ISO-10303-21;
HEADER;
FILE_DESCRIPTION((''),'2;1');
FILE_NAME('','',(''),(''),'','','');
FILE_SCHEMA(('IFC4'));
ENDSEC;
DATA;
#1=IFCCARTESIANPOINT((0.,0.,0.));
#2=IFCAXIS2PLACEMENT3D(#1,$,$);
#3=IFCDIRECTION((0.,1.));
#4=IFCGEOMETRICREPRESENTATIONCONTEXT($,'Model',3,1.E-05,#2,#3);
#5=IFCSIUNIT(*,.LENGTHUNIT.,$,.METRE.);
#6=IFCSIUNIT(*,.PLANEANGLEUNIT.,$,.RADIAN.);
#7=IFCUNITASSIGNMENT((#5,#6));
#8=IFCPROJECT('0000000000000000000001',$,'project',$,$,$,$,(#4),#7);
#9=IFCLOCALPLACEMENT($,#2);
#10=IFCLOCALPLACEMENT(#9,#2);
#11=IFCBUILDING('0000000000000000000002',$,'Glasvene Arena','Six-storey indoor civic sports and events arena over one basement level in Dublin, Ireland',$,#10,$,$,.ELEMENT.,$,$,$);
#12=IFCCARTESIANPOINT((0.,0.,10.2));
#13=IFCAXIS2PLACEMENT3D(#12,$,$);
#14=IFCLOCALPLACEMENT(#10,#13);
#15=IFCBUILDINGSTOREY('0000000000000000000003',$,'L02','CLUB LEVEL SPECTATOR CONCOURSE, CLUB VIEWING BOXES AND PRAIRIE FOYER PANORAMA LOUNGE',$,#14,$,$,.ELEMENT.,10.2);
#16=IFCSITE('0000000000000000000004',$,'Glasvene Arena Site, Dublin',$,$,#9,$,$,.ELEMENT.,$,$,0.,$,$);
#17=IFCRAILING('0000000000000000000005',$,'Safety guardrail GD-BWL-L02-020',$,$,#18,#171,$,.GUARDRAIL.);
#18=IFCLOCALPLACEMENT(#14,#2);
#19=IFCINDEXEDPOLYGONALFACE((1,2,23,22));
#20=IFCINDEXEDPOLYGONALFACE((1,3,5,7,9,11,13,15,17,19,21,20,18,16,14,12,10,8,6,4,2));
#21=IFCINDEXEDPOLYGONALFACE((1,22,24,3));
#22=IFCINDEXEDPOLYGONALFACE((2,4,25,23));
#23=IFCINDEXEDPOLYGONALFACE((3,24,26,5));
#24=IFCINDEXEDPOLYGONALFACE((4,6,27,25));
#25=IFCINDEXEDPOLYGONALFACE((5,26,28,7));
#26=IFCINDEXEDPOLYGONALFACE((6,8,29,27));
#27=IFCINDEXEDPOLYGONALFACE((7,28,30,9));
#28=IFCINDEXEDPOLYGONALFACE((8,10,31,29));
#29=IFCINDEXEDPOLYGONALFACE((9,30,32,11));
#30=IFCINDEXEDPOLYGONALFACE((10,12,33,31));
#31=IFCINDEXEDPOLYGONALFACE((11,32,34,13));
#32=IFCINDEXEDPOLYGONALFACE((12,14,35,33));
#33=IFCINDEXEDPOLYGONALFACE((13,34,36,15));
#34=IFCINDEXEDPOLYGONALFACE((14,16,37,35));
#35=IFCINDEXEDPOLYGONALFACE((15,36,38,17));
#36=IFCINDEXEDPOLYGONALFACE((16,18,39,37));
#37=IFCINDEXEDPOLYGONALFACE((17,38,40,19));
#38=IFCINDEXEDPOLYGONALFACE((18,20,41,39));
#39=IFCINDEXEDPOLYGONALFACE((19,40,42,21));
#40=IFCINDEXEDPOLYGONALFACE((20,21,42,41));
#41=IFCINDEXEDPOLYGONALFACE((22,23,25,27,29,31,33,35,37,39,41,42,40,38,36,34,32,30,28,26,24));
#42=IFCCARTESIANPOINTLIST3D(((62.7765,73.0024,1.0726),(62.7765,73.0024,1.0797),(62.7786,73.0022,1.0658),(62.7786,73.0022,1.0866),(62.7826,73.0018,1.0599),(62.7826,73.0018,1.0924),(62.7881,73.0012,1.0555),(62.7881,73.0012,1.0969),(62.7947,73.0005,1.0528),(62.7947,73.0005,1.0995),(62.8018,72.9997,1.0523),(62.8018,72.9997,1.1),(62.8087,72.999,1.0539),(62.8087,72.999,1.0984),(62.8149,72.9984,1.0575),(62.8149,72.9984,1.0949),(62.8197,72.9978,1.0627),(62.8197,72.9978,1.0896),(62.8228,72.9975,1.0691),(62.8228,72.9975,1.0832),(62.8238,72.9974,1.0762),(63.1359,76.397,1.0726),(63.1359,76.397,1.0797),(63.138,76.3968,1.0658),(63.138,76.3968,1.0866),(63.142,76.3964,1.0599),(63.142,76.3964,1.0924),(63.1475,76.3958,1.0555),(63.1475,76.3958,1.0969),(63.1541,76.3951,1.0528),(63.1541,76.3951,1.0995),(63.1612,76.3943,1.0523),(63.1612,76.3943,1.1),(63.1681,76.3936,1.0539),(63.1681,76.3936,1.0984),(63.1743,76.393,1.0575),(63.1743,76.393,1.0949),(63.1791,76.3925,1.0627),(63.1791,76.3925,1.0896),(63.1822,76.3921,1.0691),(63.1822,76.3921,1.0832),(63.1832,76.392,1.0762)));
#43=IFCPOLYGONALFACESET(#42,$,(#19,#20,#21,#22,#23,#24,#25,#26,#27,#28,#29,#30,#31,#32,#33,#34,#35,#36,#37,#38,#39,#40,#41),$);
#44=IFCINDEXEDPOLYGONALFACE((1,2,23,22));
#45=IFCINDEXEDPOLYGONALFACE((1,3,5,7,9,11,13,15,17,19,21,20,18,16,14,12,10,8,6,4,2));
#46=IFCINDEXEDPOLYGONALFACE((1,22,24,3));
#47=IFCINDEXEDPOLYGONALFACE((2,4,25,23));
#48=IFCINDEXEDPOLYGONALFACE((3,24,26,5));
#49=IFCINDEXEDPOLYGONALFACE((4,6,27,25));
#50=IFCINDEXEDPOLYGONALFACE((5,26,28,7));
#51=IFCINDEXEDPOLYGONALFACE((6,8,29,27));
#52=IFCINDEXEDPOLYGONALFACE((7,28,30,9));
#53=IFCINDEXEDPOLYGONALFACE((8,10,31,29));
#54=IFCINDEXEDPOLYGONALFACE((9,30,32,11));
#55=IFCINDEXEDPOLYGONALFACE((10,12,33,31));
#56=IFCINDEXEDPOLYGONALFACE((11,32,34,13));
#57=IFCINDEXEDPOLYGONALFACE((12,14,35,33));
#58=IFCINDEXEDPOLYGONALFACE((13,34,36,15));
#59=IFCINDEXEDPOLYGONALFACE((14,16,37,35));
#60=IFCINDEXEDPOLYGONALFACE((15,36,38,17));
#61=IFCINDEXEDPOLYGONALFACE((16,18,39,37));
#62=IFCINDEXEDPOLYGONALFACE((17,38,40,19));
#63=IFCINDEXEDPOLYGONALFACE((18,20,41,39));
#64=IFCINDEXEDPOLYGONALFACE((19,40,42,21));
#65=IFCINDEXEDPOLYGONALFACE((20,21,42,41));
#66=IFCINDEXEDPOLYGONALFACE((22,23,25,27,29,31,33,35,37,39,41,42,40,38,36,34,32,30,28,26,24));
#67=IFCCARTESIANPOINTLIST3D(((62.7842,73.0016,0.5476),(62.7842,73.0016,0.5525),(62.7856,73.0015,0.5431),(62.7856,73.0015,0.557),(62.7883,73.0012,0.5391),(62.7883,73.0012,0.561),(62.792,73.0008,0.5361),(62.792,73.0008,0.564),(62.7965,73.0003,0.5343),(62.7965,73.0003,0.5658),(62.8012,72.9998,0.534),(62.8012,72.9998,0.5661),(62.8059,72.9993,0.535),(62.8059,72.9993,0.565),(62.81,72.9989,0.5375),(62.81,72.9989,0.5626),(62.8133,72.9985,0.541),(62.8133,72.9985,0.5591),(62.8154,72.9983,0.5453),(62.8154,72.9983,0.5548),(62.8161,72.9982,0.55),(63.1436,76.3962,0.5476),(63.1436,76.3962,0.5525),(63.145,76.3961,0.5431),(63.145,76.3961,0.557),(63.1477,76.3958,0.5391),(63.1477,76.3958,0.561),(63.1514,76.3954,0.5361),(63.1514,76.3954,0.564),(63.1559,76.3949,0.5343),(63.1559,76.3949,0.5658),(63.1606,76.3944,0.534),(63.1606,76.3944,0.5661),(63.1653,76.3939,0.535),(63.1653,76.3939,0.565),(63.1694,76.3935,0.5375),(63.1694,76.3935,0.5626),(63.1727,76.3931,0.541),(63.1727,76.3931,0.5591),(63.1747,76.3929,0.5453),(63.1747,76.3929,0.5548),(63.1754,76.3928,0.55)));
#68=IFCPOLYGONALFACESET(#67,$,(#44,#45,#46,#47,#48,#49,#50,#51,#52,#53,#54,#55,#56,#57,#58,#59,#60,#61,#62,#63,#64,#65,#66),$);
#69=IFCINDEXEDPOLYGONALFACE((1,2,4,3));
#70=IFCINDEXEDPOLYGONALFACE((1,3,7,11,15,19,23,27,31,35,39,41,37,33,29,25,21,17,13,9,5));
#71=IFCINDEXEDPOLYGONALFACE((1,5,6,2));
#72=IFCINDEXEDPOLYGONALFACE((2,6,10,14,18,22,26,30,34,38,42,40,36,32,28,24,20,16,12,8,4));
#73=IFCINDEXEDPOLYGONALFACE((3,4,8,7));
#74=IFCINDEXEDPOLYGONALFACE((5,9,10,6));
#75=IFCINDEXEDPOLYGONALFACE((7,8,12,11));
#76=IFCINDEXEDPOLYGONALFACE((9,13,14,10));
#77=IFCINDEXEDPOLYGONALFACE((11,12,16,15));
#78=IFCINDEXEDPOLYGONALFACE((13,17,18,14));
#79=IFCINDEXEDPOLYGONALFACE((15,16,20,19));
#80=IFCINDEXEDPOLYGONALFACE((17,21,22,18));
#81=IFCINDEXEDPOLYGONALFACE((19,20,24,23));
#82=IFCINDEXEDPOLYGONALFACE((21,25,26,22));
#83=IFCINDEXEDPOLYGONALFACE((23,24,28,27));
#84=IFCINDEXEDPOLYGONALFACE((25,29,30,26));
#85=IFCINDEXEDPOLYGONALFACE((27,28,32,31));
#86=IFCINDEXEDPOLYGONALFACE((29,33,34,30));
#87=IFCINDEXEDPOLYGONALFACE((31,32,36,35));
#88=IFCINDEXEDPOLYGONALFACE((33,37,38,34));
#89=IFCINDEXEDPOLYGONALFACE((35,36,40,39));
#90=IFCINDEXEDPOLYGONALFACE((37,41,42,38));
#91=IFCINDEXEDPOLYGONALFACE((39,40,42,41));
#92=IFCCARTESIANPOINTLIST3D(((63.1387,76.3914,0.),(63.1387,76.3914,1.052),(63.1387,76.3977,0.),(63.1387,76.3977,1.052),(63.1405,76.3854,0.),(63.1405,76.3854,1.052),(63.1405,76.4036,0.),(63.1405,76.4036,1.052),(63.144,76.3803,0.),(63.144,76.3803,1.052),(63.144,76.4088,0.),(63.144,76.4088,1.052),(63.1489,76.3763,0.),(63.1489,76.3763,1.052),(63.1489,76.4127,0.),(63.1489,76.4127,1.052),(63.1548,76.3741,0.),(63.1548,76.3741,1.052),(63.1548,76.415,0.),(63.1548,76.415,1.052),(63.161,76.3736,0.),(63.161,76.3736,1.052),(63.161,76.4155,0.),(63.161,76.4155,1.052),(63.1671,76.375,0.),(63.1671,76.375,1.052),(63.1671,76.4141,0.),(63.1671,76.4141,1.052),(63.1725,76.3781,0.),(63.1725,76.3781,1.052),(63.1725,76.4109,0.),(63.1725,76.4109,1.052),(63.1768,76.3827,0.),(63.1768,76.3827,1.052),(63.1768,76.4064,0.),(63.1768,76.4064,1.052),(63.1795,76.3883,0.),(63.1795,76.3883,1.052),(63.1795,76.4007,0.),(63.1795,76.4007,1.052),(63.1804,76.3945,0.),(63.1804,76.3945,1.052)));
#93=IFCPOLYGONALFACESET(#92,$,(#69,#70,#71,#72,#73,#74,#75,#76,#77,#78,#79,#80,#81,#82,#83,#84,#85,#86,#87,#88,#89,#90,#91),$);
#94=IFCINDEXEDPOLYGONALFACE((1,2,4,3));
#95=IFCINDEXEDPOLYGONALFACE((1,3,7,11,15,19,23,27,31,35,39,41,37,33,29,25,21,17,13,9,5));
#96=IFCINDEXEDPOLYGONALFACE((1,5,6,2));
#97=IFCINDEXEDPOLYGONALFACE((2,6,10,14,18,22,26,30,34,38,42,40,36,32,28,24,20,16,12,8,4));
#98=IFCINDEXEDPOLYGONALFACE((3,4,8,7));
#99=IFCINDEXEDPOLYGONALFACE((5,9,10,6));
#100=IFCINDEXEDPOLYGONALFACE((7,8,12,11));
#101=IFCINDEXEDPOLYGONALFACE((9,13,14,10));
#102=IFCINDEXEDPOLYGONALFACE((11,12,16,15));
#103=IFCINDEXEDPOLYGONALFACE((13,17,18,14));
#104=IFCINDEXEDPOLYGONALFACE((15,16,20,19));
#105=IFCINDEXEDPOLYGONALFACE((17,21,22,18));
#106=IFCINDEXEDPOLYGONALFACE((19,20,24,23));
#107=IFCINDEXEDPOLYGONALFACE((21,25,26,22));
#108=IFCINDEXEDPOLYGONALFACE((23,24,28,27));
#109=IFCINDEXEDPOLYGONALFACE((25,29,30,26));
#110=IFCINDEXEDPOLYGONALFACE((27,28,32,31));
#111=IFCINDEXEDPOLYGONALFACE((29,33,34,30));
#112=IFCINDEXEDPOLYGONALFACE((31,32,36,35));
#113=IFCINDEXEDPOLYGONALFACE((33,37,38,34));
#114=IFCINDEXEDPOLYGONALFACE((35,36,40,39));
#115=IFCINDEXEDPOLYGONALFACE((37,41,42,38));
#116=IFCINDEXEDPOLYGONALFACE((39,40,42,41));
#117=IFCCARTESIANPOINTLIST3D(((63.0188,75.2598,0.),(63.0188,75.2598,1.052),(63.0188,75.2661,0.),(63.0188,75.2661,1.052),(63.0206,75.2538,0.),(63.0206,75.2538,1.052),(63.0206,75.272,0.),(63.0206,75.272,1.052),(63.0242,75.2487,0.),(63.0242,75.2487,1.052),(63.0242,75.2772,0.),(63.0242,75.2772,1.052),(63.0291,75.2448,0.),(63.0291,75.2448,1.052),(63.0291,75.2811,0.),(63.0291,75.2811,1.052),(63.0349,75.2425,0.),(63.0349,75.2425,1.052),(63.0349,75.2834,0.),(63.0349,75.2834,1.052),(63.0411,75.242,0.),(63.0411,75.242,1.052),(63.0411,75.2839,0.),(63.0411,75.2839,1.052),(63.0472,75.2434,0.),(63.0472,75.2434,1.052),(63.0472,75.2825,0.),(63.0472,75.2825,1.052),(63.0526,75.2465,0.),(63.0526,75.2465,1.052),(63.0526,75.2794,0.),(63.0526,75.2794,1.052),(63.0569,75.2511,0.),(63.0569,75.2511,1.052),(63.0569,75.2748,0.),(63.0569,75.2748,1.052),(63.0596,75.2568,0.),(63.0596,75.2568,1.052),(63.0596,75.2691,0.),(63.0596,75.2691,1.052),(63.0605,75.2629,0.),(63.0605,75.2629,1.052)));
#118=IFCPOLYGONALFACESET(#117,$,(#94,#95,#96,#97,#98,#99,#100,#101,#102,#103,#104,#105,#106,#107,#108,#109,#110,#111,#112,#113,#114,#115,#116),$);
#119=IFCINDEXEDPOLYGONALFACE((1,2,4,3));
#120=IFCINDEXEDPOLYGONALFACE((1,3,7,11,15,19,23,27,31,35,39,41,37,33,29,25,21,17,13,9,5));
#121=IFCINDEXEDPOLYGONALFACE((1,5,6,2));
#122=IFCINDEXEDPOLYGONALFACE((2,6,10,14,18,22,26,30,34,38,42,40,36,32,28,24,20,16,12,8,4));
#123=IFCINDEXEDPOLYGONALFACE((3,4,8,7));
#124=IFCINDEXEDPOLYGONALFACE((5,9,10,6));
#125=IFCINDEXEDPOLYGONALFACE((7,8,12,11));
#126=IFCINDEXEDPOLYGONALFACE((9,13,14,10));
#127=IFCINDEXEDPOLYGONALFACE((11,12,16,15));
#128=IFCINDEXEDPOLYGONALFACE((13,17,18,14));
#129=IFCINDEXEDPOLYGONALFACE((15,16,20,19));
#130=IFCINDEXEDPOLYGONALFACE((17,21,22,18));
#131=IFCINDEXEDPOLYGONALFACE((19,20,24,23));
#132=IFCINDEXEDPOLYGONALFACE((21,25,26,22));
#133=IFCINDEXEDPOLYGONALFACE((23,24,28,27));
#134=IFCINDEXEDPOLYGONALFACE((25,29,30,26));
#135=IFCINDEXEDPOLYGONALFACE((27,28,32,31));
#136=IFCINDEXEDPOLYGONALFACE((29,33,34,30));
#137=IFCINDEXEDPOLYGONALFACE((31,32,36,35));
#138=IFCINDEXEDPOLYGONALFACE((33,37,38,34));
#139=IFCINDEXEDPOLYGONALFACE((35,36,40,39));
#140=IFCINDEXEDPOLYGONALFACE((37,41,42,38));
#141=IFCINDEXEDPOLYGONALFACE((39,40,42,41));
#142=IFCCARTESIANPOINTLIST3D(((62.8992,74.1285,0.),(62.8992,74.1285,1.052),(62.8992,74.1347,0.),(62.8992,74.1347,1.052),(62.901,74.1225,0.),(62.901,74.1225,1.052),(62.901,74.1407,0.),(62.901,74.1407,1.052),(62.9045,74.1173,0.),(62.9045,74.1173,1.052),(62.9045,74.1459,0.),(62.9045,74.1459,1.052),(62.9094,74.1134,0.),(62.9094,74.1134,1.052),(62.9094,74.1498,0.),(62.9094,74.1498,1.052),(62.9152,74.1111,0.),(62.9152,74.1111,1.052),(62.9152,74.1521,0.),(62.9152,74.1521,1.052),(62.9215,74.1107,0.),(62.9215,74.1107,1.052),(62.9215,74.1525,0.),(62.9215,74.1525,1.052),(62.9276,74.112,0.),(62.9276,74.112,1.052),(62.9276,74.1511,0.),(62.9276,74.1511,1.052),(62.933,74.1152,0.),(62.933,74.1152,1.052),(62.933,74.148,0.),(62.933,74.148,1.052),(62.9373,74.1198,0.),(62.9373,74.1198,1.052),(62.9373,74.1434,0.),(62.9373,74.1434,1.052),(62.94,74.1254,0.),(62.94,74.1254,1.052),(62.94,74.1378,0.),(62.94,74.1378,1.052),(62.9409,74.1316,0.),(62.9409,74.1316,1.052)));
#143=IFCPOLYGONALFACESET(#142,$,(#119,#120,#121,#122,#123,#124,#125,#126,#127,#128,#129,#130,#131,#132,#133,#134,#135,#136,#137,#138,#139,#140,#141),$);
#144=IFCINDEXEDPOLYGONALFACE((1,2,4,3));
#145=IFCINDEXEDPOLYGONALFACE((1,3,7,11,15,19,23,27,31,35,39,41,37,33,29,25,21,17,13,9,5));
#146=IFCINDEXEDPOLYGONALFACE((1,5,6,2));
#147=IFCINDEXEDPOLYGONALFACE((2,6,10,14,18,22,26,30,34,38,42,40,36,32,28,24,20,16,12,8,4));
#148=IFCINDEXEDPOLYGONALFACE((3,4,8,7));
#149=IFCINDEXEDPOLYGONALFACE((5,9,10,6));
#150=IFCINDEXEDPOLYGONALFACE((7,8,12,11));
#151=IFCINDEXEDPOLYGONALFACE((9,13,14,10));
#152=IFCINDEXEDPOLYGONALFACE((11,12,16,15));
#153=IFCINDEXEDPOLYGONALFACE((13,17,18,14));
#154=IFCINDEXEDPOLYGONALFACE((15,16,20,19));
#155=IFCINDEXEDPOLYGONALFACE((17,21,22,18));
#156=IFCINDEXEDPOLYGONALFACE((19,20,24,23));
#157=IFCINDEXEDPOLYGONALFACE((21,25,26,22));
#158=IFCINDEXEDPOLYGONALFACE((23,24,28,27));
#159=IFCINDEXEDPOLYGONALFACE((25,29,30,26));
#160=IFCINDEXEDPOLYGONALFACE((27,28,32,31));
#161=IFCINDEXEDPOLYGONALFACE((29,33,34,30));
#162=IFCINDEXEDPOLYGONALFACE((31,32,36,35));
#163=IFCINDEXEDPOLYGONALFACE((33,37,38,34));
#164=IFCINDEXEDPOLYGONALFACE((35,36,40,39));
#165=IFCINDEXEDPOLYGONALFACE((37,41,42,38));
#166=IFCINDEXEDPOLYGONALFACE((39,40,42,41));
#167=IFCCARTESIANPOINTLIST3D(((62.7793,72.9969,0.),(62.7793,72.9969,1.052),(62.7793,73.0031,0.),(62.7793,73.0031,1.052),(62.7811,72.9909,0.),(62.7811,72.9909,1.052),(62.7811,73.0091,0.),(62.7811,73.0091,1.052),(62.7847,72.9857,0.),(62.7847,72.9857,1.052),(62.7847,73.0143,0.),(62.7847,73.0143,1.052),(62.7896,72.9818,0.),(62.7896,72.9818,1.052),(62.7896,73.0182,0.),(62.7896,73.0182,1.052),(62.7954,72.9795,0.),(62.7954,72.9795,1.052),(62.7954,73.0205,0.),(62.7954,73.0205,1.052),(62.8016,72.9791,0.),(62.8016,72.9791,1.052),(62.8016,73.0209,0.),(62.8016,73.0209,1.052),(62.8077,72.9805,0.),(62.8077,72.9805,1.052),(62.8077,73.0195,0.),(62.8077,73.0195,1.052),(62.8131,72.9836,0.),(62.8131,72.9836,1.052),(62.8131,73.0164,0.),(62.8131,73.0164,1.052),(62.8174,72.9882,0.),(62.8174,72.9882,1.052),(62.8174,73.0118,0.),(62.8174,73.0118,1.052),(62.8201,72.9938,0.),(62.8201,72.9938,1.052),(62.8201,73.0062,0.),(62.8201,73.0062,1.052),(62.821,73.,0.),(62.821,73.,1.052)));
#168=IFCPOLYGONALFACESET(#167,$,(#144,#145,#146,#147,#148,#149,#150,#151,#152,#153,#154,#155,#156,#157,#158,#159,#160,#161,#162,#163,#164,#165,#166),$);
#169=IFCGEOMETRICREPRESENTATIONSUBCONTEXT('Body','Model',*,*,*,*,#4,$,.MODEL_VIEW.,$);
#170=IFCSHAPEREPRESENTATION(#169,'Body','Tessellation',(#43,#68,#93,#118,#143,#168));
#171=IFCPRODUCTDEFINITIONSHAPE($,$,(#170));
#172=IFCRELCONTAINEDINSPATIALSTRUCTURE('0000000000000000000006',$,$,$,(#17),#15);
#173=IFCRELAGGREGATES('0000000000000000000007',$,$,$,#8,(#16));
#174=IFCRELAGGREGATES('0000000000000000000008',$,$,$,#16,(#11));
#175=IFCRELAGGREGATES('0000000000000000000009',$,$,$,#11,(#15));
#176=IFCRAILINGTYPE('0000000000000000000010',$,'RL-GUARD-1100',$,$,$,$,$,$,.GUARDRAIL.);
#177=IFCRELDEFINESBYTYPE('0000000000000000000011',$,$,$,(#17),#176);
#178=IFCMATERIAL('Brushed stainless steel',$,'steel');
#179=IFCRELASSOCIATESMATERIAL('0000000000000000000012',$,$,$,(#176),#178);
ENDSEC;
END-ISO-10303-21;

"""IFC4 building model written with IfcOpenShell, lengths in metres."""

from ifc_helpers import new_model, si_unit, direction, frame, origin, origin_2d, place, context, subcontext, project, spatial, circle, extrude, material, type_object, element, save


model = new_model("IFC4")

# Units and contexts
model_context = context("Model", 3, precision=1e-05, world=origin(), true_north=direction((0.0, 1.0)))
body_context = subcontext(model_context, "Body", "Model", "MODEL_VIEW")
ifc_project = project(units=[si_unit("LENGTHUNIT", "METRE"), si_unit("PLANEANGLEUNIT", "RADIAN")], contexts=[model_context])

# Site, building, storey
site_placement = place(None, origin())
site = spatial("IfcSite", under=ifc_project, at=site_placement, Name="Glasvene Arena Site, Dublin", CompositionType="ELEMENT", RefElevation=0.0)
building_placement = place(site_placement, origin())
building = spatial("IfcBuilding", under=site, at=building_placement, Name="Glasvene Arena", Description="Six-storey indoor civic sports and events arena over one basement level in Dublin, Ireland", CompositionType="ELEMENT")
storey_placement = place(building_placement, frame((0.0, 0.0, 10.2)))
storey = spatial("IfcBuildingStorey", under=building, at=storey_placement, Name="L02", Description="CLUB LEVEL SPECTATOR CONCOURSE, CLUB VIEWING BOXES AND PRAIRIE FOYER PANORAMA LOUNGE", CompositionType="ELEMENT", Elevation=10.2)

# Railing
ifc_material_1 = material(Name="Brushed stainless steel", Category="steel")
railing_type = type_object("IfcRailingType", Name="RL-GUARD-1100", PredefinedType="GUARDRAIL", material=ifc_material_1)
railing_1_placement = place(storey_placement, frame((63.1594, 76.3945, 0.0)))
element("IfcRailing", 1, at=railing_1_placement, inside=storey, type_object=railing_type, Name="Safety guardrail GD-BWL-L02-020", PredefinedType="GUARDRAIL", context=body_context, shape_type="SweptSolid", body=[
    extrude(circle(Radius=0.0239, at=origin_2d()), frame((0.0, 0.0, 1.0762), z_axis=(-0.10528, -0.994443, 0.0), x_axis=(0.994443, -0.10528, 0.0)), (0.0, 0.0, 1.0), 3.4136),
    extrude(circle(Radius=0.0161, at=origin_2d()), frame((0.0, 0.0, 0.55), z_axis=(-0.10528, -0.994443, 0.0), x_axis=(0.994443, -0.10528, 0.0)), (0.0, 0.0, 1.0), 3.4136),
    extrude(circle(Radius=0.021, at=origin_2d()), origin(), (0.0, 0.0, 1.0), 1.052),
    extrude(circle(Radius=0.021, at=origin_2d()), frame((-0.1199, -1.1316, 0.0)), (0.0, 0.0, 1.0), 1.052),
    extrude(circle(Radius=0.021, at=origin_2d()), frame((-0.2395, -2.2629, 0.0)), (0.0, 0.0, 1.0), 1.052),
    extrude(circle(Radius=0.021, at=origin_2d()), frame((-0.3594, -3.3945, 0.0)), (0.0, 0.0, 1.0), 1.052),
])

save(model, "model.ifc")
